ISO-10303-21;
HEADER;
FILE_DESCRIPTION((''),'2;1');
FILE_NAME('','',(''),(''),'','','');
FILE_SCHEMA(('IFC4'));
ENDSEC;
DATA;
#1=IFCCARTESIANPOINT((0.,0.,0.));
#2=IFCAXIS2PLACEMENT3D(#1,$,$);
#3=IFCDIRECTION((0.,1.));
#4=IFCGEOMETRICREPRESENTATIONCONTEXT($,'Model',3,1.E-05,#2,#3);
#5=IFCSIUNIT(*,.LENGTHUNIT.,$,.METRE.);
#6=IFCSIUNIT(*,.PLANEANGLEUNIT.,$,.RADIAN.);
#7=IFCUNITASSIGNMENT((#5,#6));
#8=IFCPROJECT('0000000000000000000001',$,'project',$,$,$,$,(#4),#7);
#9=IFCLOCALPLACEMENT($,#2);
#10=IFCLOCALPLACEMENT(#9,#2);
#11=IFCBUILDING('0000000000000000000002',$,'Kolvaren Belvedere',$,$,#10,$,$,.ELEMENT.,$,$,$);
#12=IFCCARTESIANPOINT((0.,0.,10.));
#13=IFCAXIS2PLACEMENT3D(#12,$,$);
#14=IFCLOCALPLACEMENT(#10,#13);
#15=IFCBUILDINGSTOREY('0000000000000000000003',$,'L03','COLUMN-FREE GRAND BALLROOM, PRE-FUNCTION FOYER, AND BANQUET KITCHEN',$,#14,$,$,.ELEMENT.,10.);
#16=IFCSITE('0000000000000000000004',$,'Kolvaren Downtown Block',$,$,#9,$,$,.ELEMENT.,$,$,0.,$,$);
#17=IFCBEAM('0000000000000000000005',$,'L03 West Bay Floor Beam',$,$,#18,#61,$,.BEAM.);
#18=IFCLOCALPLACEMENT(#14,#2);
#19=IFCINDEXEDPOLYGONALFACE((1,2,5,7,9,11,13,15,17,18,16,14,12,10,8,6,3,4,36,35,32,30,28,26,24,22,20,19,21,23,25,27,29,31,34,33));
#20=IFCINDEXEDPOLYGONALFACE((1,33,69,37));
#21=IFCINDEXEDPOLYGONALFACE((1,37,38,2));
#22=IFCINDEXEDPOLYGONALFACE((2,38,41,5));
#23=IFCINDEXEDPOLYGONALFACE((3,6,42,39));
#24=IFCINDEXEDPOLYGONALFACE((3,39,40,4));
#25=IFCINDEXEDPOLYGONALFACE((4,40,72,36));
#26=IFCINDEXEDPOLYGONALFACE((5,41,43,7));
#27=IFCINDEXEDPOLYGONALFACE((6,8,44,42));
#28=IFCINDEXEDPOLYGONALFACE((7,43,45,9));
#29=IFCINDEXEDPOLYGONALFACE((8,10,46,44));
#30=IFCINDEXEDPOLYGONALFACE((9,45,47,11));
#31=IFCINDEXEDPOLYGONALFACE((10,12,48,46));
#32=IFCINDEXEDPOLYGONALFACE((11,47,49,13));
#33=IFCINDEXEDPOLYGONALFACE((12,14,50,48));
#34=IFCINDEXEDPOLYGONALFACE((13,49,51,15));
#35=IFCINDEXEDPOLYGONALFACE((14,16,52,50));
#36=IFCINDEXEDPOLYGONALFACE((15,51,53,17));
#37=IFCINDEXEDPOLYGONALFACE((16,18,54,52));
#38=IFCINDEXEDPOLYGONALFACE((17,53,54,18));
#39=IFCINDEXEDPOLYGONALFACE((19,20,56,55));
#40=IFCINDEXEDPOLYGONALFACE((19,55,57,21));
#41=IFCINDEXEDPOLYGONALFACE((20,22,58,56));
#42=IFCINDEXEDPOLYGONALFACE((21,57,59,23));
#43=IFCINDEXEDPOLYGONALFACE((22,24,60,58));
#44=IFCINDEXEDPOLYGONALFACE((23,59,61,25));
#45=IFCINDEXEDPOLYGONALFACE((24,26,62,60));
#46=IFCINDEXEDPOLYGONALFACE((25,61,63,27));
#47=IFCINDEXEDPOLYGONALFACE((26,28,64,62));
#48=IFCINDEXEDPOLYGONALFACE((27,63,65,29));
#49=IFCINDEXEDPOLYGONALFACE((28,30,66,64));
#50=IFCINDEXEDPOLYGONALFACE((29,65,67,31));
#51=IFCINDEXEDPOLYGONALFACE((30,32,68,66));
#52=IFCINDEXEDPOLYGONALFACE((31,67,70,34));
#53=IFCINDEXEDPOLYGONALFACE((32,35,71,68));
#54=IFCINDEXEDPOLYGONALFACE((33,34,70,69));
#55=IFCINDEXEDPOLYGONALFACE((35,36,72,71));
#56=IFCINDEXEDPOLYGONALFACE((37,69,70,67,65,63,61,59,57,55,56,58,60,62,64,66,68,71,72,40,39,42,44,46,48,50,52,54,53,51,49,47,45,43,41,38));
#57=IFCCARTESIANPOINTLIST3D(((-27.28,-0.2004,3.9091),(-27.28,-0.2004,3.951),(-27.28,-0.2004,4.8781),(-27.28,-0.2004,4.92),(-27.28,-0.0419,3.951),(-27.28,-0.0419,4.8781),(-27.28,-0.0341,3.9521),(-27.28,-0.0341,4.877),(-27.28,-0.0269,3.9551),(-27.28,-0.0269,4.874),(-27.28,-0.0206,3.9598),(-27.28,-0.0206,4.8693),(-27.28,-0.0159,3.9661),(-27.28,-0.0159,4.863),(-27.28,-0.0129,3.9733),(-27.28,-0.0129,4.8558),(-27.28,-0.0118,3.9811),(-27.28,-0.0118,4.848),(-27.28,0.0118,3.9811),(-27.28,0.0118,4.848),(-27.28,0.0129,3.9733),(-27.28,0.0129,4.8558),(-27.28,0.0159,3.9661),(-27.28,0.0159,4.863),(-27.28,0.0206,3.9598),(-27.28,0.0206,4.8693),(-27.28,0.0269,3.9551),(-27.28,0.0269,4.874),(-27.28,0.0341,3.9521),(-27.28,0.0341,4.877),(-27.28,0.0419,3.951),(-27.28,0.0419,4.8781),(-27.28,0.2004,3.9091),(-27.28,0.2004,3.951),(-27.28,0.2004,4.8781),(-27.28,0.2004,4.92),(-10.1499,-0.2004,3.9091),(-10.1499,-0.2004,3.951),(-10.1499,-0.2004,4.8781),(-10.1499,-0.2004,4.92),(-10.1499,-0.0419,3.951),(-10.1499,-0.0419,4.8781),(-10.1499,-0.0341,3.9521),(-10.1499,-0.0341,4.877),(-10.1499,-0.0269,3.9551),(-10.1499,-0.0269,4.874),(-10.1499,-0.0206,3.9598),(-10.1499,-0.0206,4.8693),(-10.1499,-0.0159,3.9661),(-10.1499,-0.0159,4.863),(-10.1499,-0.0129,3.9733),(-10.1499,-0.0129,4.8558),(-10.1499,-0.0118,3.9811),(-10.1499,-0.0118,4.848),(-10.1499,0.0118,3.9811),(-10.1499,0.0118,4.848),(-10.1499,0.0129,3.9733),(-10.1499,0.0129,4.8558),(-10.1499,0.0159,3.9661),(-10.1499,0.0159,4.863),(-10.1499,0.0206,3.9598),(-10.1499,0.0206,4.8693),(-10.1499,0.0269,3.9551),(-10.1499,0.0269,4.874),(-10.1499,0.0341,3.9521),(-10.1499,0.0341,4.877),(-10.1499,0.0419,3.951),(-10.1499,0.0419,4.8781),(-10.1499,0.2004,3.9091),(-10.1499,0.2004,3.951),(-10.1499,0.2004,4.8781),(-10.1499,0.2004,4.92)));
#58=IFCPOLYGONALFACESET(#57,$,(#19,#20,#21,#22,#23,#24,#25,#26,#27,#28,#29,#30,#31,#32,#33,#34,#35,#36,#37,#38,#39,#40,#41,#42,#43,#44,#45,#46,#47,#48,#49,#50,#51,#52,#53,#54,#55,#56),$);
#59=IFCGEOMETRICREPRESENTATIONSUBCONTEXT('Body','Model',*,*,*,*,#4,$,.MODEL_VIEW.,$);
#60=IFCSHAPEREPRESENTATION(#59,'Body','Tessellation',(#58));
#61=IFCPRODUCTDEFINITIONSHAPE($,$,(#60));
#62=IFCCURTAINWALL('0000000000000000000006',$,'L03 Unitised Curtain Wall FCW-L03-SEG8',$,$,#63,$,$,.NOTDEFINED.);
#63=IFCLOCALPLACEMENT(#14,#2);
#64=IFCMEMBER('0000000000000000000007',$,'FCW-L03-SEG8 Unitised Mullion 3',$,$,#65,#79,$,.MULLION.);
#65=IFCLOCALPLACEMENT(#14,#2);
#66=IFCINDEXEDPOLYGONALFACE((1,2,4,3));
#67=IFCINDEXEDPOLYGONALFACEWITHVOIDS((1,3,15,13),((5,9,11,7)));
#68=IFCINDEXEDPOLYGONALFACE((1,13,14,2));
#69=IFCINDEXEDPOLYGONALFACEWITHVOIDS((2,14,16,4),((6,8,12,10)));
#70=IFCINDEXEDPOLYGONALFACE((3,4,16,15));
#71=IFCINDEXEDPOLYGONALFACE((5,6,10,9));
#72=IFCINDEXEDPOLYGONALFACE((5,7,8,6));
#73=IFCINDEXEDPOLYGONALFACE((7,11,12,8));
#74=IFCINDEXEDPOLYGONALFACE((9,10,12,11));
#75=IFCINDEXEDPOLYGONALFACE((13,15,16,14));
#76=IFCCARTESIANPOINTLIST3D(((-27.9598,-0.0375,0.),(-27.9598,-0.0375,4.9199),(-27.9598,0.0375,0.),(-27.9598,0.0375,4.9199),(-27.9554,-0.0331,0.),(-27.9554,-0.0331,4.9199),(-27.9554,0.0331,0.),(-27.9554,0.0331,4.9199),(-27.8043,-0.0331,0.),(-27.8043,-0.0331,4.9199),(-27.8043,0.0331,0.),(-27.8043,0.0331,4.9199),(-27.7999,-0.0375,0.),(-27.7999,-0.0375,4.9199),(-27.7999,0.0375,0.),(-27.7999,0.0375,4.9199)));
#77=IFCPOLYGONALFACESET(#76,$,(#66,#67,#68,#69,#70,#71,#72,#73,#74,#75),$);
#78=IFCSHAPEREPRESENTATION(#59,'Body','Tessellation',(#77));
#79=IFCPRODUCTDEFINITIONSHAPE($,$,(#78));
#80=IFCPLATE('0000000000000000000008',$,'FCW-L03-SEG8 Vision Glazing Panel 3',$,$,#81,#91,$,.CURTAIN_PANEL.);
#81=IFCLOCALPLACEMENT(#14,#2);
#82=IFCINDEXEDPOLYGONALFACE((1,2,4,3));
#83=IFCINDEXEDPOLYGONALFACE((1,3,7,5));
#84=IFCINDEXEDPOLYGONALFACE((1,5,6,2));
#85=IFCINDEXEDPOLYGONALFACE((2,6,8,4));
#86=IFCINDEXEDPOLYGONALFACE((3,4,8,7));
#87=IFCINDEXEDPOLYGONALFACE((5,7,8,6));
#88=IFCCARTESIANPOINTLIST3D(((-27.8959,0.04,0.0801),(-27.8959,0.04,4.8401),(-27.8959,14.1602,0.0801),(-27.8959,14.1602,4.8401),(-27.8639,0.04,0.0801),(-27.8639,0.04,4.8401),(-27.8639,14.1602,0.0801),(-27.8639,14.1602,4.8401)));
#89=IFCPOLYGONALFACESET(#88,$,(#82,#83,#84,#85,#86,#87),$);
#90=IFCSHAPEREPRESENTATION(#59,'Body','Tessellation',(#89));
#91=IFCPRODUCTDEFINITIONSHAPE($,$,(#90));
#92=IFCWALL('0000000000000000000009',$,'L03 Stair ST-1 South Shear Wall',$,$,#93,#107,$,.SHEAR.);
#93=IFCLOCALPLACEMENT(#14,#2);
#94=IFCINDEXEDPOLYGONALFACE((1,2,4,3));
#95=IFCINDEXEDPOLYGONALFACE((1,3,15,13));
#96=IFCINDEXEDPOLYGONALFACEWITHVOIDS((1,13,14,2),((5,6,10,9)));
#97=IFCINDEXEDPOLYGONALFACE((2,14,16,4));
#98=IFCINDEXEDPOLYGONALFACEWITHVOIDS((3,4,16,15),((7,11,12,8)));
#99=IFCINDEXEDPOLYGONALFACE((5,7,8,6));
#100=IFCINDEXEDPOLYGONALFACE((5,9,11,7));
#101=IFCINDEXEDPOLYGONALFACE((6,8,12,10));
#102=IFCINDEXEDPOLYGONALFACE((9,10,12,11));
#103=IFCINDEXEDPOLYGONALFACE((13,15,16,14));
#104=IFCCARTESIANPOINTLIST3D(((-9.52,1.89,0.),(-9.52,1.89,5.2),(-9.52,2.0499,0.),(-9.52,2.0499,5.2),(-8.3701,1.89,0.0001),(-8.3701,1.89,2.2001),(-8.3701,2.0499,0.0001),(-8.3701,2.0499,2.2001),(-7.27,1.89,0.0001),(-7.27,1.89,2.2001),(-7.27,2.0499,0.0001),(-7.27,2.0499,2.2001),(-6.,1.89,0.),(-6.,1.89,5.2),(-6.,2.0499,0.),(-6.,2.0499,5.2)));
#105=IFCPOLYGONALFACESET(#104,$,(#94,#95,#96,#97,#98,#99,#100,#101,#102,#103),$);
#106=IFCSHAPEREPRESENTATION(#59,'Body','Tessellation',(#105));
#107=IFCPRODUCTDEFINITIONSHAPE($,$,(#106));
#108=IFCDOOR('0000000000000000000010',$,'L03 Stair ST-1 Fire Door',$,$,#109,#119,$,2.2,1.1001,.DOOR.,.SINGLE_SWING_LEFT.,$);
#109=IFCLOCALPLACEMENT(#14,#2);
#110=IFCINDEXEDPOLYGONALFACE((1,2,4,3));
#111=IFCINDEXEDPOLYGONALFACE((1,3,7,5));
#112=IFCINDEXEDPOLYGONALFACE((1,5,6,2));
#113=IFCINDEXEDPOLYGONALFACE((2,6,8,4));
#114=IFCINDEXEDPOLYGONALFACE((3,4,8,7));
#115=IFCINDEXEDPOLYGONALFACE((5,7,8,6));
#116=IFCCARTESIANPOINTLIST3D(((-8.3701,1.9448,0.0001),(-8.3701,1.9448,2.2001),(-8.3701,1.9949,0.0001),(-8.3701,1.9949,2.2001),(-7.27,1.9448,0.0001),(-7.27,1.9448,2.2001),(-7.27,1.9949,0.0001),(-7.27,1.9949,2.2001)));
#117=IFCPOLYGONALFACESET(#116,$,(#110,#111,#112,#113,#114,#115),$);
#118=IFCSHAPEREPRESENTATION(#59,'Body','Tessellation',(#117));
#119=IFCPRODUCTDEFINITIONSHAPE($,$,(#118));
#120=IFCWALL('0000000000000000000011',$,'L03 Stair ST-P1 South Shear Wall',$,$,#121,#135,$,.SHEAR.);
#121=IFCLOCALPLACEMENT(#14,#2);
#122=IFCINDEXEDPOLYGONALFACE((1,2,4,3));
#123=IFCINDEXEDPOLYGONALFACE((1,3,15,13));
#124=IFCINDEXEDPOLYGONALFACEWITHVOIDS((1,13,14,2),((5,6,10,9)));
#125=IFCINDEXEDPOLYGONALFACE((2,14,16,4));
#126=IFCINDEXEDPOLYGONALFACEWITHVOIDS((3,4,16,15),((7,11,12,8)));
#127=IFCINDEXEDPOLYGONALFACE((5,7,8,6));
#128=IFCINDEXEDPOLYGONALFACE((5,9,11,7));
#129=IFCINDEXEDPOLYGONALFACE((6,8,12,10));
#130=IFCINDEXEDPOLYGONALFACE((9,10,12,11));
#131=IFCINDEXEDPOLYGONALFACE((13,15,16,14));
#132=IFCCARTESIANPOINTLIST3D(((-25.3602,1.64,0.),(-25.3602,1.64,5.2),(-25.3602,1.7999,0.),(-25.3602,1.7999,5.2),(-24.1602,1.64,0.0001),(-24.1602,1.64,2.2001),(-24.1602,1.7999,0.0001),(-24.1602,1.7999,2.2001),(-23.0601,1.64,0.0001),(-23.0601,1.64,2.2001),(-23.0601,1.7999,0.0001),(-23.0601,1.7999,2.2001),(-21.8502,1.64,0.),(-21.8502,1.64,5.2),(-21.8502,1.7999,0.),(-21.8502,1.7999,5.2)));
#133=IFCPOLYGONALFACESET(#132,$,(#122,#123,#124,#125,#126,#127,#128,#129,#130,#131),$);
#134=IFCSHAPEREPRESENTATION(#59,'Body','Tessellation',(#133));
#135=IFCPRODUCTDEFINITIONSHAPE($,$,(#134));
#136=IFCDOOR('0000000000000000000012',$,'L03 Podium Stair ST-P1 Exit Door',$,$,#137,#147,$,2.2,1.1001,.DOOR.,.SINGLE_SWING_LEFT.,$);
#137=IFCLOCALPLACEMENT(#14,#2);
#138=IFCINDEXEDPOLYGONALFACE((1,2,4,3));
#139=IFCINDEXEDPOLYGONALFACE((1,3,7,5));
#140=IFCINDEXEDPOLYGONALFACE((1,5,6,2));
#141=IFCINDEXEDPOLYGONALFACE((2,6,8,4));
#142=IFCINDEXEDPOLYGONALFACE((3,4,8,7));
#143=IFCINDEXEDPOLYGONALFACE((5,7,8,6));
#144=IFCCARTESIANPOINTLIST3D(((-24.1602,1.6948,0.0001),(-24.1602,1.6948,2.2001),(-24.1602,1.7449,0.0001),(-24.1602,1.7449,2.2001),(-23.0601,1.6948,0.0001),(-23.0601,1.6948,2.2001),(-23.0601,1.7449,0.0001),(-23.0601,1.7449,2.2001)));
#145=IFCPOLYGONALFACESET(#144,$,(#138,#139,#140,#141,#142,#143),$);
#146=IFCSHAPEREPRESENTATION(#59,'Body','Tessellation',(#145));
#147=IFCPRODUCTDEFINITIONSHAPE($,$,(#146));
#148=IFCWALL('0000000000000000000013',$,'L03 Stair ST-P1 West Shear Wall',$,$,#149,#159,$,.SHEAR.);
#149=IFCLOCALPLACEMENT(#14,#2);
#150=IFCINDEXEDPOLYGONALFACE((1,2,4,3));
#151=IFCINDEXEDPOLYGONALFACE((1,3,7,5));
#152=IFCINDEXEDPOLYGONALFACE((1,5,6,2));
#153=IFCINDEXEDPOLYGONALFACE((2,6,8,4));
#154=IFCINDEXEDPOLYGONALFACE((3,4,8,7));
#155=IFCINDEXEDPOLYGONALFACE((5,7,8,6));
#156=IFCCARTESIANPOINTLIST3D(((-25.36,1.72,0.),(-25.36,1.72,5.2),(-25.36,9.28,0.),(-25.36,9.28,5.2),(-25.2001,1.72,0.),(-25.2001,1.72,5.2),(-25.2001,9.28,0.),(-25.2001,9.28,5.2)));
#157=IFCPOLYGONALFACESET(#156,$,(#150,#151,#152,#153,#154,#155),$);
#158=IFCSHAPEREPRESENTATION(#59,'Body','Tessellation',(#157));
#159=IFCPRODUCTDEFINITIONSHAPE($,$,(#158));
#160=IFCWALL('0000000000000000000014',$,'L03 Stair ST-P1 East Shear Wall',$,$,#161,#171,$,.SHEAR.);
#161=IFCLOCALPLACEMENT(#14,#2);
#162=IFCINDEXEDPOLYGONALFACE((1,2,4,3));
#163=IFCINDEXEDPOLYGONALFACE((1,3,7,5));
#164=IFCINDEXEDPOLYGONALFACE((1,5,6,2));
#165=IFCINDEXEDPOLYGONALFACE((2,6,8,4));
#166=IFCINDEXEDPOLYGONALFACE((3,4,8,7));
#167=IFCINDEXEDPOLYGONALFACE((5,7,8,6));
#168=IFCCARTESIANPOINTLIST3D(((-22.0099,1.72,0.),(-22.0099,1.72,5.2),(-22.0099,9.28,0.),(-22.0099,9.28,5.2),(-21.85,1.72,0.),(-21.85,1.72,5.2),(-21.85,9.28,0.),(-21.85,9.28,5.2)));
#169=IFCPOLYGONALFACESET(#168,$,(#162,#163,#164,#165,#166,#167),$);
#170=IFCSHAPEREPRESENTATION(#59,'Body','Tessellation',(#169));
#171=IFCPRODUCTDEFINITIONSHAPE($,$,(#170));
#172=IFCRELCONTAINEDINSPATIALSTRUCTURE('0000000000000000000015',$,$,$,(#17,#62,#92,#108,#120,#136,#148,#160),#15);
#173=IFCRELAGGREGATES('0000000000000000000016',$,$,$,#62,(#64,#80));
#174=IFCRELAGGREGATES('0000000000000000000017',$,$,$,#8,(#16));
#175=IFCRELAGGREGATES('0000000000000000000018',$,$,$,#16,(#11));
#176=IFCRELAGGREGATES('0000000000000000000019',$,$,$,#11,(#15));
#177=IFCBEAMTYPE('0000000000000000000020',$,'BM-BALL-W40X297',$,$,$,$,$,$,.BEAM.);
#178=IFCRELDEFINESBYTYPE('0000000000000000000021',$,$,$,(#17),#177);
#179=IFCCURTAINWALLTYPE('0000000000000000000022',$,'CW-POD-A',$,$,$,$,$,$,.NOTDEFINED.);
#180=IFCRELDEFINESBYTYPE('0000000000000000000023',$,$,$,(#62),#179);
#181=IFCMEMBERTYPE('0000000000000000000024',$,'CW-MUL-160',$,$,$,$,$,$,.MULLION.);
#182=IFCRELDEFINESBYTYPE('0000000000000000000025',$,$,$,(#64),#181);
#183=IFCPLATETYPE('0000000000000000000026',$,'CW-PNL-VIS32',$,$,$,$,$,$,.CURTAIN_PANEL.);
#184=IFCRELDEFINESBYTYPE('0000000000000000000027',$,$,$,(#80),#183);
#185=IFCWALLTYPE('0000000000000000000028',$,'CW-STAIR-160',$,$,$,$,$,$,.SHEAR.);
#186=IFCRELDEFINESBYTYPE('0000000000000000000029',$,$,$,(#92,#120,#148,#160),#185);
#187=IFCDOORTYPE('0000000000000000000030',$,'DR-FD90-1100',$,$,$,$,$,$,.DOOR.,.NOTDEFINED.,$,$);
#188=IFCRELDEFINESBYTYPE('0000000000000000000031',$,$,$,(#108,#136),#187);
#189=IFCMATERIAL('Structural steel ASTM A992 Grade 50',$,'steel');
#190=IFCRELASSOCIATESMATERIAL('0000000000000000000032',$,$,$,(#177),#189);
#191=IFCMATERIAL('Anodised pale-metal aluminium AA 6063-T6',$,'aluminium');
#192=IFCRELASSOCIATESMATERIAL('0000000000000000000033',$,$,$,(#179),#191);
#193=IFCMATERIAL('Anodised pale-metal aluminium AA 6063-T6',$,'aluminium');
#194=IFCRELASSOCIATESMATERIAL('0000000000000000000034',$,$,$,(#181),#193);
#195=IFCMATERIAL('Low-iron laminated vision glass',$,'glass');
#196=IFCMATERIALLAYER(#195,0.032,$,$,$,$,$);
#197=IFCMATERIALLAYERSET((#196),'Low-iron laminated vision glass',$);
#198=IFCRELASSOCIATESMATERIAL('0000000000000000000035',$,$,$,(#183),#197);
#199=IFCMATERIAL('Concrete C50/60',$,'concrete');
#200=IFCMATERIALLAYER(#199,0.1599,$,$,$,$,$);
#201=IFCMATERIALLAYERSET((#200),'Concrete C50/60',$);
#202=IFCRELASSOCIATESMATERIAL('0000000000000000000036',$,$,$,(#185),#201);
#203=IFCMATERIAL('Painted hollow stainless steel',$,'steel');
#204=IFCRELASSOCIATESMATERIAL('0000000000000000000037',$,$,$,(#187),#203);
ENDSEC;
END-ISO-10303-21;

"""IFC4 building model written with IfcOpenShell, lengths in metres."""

from ifc_helpers import new_model, si_unit, direction, frame, frame_2d, origin, origin_2d, place, context, subcontext, project, spatial, rectangle, hollow_rectangle, i_section, extrude, material, layer, layer_set, material_profile, profile_set, type_object, element, fill, aggregate, save


model = new_model("IFC4")

# Units and contexts
model_context = context("Model", 3, precision=1e-05, world=origin(), true_north=direction((0.0, 1.0)))
body_context = subcontext(model_context, "Body", "Model", "MODEL_VIEW")
ifc_project = project(units=[si_unit("LENGTHUNIT", "METRE"), si_unit("PLANEANGLEUNIT", "RADIAN")], contexts=[model_context])

# Site, building, storey
site_placement = place(None, origin())
site = spatial("IfcSite", under=ifc_project, at=site_placement, Name="Kolvaren Downtown Block", CompositionType="ELEMENT", RefElevation=0.0)
building_placement = place(site_placement, origin())
building = spatial("IfcBuilding", under=site, at=building_placement, Name="Kolvaren Belvedere", CompositionType="ELEMENT")
storey_placement = place(building_placement, frame((0.0, 0.0, 10.0)))
storey = spatial("IfcBuildingStorey", under=building, at=storey_placement, Name="L03", Description="COLUMN-FREE GRAND BALLROOM, PRE-FUNCTION FOYER, AND BANQUET KITCHEN", CompositionType="ELEMENT", Elevation=10.0)

# Beam
ifc_material_1 = material(Name="Structural steel ASTM A992 Grade 50", Category="steel")
ifc_material_profile_1 = material_profile(ifc_material_1, i_section(OverallWidth=0.4009, OverallDepth=1.011, WebThickness=0.0237, FlangeThickness=0.042, FilletRadius=0.03, at=origin_2d()), Name="W40X297")
ifc_profile_set_1 = profile_set([ifc_material_profile_1], Name="Structural steel ASTM A992 Grade 50")
beam_type = type_object("IfcBeamType", Name="BM-BALL-W40X297", PredefinedType="BEAM", material=ifc_profile_set_1)
beam_placement = place(storey_placement, frame((-27.28, 0.0, 4.4146), z_axis=(1.0, 0.0, 0.0), x_axis=(0.0, 1.0, 0.0)))
element("IfcBeam", 1, at=beam_placement, inside=storey, type_object=beam_type, Name="L03 West Bay Floor Beam", PredefinedType="BEAM", context=body_context, shape_type="SweptSolid", body=[
    extrude(i_section(OverallWidth=0.4009, OverallDepth=1.011, WebThickness=0.0237, FlangeThickness=0.042, FilletRadius=0.03, at=origin_2d()), origin(), (0.0, 0.0, 1.0), 17.1301),
])

# Curtain wall, member, plate
ifc_material_2 = material(Name="Anodised pale-metal aluminium AA 6063-T6", Category="aluminium")
curtain_wall_type = type_object("IfcCurtainWallType", Name="CW-POD-A", PredefinedType="NOTDEFINED", material=ifc_material_2)
curtain_wall_placement = place(storey_placement, origin())
curtain_wall = element("IfcCurtainWall", 2, at=curtain_wall_placement, inside=storey, type_object=curtain_wall_type, Name="L03 Unitised Curtain Wall FCW-L03-SEG8", PredefinedType="NOTDEFINED")
ifc_material_3 = material(Name="Anodised pale-metal aluminium AA 6063-T6", Category="aluminium")
ifc_material_profile_2 = material_profile(ifc_material_3, hollow_rectangle(XDim=0.075, YDim=0.1599, WallThickness=0.0044, at=origin_2d()), Name="ALU-MUL-160X75")
ifc_profile_set_2 = profile_set([ifc_material_profile_2], Name="Anodised pale-metal aluminium AA 6063-T6")
member_type = type_object("IfcMemberType", Name="CW-MUL-160", PredefinedType="MULLION", material=ifc_profile_set_2)
member_placement = place(storey_placement, frame((-27.8799, 0.0, 0.0), z_axis=(0.0, 0.0, 1.0), x_axis=(0.0, 1.0, 0.0)))
member = element("IfcMember", 3, at=member_placement, type_object=member_type, Name="FCW-L03-SEG8 Unitised Mullion 3", PredefinedType="MULLION", context=body_context, shape_type="SweptSolid", body=[
    extrude(hollow_rectangle(XDim=0.075, YDim=0.1599, WallThickness=0.0044, at=origin_2d()), origin(), (0.0, 0.0, 1.0), 4.9199),
])
ifc_material_4 = material(Name="Low-iron laminated vision glass", Category="glass")
ifc_layer_1 = layer(ifc_material_4, 0.032)
ifc_layer_set_1 = layer_set([ifc_layer_1], Name="Low-iron laminated vision glass")
plate_type = type_object("IfcPlateType", Name="CW-PNL-VIS32", PredefinedType="CURTAIN_PANEL", material=ifc_layer_set_1)
plate_placement = place(storey_placement, frame((-27.8799, 7.1001, 0.0801), z_axis=(0.0, 0.0, 1.0), x_axis=(0.0, 1.0, 0.0)))
plate = element("IfcPlate", 4, at=plate_placement, type_object=plate_type, Name="FCW-L03-SEG8 Vision Glazing Panel 3", PredefinedType="CURTAIN_PANEL", context=body_context, shape_type="SweptSolid", body=[
    extrude(rectangle(XDim=14.1201, YDim=0.032, at=origin_2d()), origin(), (0.0, 0.0, 1.0), 4.76),
])
aggregate(curtain_wall, [member, plate])

# Walls, openings, doors
ifc_material_5 = material(Name="Concrete C50/60", Category="concrete")
ifc_layer_2 = layer(ifc_material_5, 0.1599)
ifc_layer_set_2 = layer_set([ifc_layer_2], Name="Concrete C50/60")
wall_type_1 = type_object("IfcWallType", Name="CW-STAIR-160", PredefinedType="SHEAR", material=ifc_layer_set_2)
wall_1_placement = place(storey_placement, frame((-9.52, 1.97, 0.0), z_axis=(0.0, 0.0, 1.0), x_axis=(1.0, 0.0, 0.0)))
wall_1 = element("IfcWall", 5, at=wall_1_placement, inside=storey, type_object=wall_type_1, Name="L03 Stair ST-1 South Shear Wall", PredefinedType="SHEAR", context=body_context, shape_type="SweptSolid", body=[
    extrude(rectangle(XDim=3.52, YDim=0.1599, at=frame_2d((1.76, 0.0))), origin(), (0.0, 0.0, 1.0), 5.2),
])
opening_1_placement = place(wall_1_placement, frame((1.1499, 0.0, 0.0)))
opening_1 = element("IfcOpeningElement", 6, at=opening_1_placement, cuts=wall_1, PredefinedType="OPENING", context=body_context, shape_type="SweptSolid", body=[
    extrude(rectangle(XDim=1.1001, YDim=2.2, at=frame_2d((0.55, 1.1001))), frame((0.0, 0.0898, 0.0), z_axis=(0.0, -1.0, 0.0), x_axis=(1.0, 0.0, 0.0)), (0.0, 0.0, 1.0), 0.1799),
])
ifc_material_6 = material(Name="Painted hollow stainless steel", Category="steel")
door_type_1 = type_object("IfcDoorType", Name="DR-FD90-1100", OperationType="NOTDEFINED", PredefinedType="DOOR", material=ifc_material_6)
door_1_placement = place(opening_1_placement, origin())
door_1 = element("IfcDoor", 7, at=door_1_placement, inside=storey, type_object=door_type_1, Name="L03 Stair ST-1 Fire Door", OperationType="SINGLE_SWING_LEFT", OverallHeight=2.2, OverallWidth=1.1001, PredefinedType="DOOR", context=body_context, shape_type="SweptSolid", body=[
    extrude(rectangle(XDim=1.1001, YDim=2.2, at=frame_2d((0.55, 1.1001))), frame((0.0, 0.0249, 0.0), z_axis=(0.0, -1.0, 0.0), x_axis=(1.0, 0.0, 0.0)), (0.0, 0.0, 1.0), 0.05),
])
fill(opening_1, door_1)
wall_2_placement = place(storey_placement, frame((-25.3601, 1.72, 0.0), z_axis=(0.0, 0.0, 1.0), x_axis=(1.0, 0.0, 0.0)))
wall_2 = element("IfcWall", 8, at=wall_2_placement, inside=storey, type_object=wall_type_1, Name="L03 Stair ST-P1 South Shear Wall", PredefinedType="SHEAR", context=body_context, shape_type="SweptSolid", body=[
    extrude(rectangle(XDim=3.51, YDim=0.1599, at=frame_2d((1.7549, 0.0))), origin(), (0.0, 0.0, 1.0), 5.2),
])
opening_2_placement = place(wall_2_placement, frame((1.2, 0.0, 0.0)))
opening_2 = element("IfcOpeningElement", 9, at=opening_2_placement, cuts=wall_2, PredefinedType="OPENING", context=body_context, shape_type="SweptSolid", body=[
    extrude(rectangle(XDim=1.1001, YDim=2.2, at=frame_2d((0.55, 1.1001))), frame((0.0, 0.0898, 0.0), z_axis=(0.0, -1.0, 0.0), x_axis=(1.0, 0.0, 0.0)), (0.0, 0.0, 1.0), 0.1799),
])
door_2_placement = place(opening_2_placement, origin())
door_2 = element("IfcDoor", 10, at=door_2_placement, inside=storey, type_object=door_type_1, Name="L03 Podium Stair ST-P1 Exit Door", OperationType="SINGLE_SWING_LEFT", OverallHeight=2.2, OverallWidth=1.1001, PredefinedType="DOOR", context=body_context, shape_type="SweptSolid", body=[
    extrude(rectangle(XDim=1.1001, YDim=2.2, at=frame_2d((0.55, 1.1001))), frame((0.0, 0.0249, 0.0), z_axis=(0.0, -1.0, 0.0), x_axis=(1.0, 0.0, 0.0)), (0.0, 0.0, 1.0), 0.05),
])
fill(opening_2, door_2)

# Walls
for number, where, z_axis, x_axis, name in (
    (11, (-25.28, 1.72, 0.0), (0.0, 0.0, 1.0), (0.0, 1.0, 0.0), "L03 Stair ST-P1 West Shear Wall"),
    (12, (-21.9299, 1.72, 0.0), (0.0, 0.0, 1.0), (0.0, 1.0, 0.0), "L03 Stair ST-P1 East Shear Wall"),
):
    element("IfcWall", number, at=place(storey_placement, frame(where, z_axis=z_axis, x_axis=x_axis)), inside=storey, type_object=wall_type_1, Name=name, PredefinedType="SHEAR", context=body_context, shape_type="SweptSolid", body=[
        extrude(rectangle(XDim=7.5601, YDim=0.1599, at=frame_2d((3.78, 0.0))), origin(), (0.0, 0.0, 1.0), 5.2),
    ])

save(model, "model.ifc")
